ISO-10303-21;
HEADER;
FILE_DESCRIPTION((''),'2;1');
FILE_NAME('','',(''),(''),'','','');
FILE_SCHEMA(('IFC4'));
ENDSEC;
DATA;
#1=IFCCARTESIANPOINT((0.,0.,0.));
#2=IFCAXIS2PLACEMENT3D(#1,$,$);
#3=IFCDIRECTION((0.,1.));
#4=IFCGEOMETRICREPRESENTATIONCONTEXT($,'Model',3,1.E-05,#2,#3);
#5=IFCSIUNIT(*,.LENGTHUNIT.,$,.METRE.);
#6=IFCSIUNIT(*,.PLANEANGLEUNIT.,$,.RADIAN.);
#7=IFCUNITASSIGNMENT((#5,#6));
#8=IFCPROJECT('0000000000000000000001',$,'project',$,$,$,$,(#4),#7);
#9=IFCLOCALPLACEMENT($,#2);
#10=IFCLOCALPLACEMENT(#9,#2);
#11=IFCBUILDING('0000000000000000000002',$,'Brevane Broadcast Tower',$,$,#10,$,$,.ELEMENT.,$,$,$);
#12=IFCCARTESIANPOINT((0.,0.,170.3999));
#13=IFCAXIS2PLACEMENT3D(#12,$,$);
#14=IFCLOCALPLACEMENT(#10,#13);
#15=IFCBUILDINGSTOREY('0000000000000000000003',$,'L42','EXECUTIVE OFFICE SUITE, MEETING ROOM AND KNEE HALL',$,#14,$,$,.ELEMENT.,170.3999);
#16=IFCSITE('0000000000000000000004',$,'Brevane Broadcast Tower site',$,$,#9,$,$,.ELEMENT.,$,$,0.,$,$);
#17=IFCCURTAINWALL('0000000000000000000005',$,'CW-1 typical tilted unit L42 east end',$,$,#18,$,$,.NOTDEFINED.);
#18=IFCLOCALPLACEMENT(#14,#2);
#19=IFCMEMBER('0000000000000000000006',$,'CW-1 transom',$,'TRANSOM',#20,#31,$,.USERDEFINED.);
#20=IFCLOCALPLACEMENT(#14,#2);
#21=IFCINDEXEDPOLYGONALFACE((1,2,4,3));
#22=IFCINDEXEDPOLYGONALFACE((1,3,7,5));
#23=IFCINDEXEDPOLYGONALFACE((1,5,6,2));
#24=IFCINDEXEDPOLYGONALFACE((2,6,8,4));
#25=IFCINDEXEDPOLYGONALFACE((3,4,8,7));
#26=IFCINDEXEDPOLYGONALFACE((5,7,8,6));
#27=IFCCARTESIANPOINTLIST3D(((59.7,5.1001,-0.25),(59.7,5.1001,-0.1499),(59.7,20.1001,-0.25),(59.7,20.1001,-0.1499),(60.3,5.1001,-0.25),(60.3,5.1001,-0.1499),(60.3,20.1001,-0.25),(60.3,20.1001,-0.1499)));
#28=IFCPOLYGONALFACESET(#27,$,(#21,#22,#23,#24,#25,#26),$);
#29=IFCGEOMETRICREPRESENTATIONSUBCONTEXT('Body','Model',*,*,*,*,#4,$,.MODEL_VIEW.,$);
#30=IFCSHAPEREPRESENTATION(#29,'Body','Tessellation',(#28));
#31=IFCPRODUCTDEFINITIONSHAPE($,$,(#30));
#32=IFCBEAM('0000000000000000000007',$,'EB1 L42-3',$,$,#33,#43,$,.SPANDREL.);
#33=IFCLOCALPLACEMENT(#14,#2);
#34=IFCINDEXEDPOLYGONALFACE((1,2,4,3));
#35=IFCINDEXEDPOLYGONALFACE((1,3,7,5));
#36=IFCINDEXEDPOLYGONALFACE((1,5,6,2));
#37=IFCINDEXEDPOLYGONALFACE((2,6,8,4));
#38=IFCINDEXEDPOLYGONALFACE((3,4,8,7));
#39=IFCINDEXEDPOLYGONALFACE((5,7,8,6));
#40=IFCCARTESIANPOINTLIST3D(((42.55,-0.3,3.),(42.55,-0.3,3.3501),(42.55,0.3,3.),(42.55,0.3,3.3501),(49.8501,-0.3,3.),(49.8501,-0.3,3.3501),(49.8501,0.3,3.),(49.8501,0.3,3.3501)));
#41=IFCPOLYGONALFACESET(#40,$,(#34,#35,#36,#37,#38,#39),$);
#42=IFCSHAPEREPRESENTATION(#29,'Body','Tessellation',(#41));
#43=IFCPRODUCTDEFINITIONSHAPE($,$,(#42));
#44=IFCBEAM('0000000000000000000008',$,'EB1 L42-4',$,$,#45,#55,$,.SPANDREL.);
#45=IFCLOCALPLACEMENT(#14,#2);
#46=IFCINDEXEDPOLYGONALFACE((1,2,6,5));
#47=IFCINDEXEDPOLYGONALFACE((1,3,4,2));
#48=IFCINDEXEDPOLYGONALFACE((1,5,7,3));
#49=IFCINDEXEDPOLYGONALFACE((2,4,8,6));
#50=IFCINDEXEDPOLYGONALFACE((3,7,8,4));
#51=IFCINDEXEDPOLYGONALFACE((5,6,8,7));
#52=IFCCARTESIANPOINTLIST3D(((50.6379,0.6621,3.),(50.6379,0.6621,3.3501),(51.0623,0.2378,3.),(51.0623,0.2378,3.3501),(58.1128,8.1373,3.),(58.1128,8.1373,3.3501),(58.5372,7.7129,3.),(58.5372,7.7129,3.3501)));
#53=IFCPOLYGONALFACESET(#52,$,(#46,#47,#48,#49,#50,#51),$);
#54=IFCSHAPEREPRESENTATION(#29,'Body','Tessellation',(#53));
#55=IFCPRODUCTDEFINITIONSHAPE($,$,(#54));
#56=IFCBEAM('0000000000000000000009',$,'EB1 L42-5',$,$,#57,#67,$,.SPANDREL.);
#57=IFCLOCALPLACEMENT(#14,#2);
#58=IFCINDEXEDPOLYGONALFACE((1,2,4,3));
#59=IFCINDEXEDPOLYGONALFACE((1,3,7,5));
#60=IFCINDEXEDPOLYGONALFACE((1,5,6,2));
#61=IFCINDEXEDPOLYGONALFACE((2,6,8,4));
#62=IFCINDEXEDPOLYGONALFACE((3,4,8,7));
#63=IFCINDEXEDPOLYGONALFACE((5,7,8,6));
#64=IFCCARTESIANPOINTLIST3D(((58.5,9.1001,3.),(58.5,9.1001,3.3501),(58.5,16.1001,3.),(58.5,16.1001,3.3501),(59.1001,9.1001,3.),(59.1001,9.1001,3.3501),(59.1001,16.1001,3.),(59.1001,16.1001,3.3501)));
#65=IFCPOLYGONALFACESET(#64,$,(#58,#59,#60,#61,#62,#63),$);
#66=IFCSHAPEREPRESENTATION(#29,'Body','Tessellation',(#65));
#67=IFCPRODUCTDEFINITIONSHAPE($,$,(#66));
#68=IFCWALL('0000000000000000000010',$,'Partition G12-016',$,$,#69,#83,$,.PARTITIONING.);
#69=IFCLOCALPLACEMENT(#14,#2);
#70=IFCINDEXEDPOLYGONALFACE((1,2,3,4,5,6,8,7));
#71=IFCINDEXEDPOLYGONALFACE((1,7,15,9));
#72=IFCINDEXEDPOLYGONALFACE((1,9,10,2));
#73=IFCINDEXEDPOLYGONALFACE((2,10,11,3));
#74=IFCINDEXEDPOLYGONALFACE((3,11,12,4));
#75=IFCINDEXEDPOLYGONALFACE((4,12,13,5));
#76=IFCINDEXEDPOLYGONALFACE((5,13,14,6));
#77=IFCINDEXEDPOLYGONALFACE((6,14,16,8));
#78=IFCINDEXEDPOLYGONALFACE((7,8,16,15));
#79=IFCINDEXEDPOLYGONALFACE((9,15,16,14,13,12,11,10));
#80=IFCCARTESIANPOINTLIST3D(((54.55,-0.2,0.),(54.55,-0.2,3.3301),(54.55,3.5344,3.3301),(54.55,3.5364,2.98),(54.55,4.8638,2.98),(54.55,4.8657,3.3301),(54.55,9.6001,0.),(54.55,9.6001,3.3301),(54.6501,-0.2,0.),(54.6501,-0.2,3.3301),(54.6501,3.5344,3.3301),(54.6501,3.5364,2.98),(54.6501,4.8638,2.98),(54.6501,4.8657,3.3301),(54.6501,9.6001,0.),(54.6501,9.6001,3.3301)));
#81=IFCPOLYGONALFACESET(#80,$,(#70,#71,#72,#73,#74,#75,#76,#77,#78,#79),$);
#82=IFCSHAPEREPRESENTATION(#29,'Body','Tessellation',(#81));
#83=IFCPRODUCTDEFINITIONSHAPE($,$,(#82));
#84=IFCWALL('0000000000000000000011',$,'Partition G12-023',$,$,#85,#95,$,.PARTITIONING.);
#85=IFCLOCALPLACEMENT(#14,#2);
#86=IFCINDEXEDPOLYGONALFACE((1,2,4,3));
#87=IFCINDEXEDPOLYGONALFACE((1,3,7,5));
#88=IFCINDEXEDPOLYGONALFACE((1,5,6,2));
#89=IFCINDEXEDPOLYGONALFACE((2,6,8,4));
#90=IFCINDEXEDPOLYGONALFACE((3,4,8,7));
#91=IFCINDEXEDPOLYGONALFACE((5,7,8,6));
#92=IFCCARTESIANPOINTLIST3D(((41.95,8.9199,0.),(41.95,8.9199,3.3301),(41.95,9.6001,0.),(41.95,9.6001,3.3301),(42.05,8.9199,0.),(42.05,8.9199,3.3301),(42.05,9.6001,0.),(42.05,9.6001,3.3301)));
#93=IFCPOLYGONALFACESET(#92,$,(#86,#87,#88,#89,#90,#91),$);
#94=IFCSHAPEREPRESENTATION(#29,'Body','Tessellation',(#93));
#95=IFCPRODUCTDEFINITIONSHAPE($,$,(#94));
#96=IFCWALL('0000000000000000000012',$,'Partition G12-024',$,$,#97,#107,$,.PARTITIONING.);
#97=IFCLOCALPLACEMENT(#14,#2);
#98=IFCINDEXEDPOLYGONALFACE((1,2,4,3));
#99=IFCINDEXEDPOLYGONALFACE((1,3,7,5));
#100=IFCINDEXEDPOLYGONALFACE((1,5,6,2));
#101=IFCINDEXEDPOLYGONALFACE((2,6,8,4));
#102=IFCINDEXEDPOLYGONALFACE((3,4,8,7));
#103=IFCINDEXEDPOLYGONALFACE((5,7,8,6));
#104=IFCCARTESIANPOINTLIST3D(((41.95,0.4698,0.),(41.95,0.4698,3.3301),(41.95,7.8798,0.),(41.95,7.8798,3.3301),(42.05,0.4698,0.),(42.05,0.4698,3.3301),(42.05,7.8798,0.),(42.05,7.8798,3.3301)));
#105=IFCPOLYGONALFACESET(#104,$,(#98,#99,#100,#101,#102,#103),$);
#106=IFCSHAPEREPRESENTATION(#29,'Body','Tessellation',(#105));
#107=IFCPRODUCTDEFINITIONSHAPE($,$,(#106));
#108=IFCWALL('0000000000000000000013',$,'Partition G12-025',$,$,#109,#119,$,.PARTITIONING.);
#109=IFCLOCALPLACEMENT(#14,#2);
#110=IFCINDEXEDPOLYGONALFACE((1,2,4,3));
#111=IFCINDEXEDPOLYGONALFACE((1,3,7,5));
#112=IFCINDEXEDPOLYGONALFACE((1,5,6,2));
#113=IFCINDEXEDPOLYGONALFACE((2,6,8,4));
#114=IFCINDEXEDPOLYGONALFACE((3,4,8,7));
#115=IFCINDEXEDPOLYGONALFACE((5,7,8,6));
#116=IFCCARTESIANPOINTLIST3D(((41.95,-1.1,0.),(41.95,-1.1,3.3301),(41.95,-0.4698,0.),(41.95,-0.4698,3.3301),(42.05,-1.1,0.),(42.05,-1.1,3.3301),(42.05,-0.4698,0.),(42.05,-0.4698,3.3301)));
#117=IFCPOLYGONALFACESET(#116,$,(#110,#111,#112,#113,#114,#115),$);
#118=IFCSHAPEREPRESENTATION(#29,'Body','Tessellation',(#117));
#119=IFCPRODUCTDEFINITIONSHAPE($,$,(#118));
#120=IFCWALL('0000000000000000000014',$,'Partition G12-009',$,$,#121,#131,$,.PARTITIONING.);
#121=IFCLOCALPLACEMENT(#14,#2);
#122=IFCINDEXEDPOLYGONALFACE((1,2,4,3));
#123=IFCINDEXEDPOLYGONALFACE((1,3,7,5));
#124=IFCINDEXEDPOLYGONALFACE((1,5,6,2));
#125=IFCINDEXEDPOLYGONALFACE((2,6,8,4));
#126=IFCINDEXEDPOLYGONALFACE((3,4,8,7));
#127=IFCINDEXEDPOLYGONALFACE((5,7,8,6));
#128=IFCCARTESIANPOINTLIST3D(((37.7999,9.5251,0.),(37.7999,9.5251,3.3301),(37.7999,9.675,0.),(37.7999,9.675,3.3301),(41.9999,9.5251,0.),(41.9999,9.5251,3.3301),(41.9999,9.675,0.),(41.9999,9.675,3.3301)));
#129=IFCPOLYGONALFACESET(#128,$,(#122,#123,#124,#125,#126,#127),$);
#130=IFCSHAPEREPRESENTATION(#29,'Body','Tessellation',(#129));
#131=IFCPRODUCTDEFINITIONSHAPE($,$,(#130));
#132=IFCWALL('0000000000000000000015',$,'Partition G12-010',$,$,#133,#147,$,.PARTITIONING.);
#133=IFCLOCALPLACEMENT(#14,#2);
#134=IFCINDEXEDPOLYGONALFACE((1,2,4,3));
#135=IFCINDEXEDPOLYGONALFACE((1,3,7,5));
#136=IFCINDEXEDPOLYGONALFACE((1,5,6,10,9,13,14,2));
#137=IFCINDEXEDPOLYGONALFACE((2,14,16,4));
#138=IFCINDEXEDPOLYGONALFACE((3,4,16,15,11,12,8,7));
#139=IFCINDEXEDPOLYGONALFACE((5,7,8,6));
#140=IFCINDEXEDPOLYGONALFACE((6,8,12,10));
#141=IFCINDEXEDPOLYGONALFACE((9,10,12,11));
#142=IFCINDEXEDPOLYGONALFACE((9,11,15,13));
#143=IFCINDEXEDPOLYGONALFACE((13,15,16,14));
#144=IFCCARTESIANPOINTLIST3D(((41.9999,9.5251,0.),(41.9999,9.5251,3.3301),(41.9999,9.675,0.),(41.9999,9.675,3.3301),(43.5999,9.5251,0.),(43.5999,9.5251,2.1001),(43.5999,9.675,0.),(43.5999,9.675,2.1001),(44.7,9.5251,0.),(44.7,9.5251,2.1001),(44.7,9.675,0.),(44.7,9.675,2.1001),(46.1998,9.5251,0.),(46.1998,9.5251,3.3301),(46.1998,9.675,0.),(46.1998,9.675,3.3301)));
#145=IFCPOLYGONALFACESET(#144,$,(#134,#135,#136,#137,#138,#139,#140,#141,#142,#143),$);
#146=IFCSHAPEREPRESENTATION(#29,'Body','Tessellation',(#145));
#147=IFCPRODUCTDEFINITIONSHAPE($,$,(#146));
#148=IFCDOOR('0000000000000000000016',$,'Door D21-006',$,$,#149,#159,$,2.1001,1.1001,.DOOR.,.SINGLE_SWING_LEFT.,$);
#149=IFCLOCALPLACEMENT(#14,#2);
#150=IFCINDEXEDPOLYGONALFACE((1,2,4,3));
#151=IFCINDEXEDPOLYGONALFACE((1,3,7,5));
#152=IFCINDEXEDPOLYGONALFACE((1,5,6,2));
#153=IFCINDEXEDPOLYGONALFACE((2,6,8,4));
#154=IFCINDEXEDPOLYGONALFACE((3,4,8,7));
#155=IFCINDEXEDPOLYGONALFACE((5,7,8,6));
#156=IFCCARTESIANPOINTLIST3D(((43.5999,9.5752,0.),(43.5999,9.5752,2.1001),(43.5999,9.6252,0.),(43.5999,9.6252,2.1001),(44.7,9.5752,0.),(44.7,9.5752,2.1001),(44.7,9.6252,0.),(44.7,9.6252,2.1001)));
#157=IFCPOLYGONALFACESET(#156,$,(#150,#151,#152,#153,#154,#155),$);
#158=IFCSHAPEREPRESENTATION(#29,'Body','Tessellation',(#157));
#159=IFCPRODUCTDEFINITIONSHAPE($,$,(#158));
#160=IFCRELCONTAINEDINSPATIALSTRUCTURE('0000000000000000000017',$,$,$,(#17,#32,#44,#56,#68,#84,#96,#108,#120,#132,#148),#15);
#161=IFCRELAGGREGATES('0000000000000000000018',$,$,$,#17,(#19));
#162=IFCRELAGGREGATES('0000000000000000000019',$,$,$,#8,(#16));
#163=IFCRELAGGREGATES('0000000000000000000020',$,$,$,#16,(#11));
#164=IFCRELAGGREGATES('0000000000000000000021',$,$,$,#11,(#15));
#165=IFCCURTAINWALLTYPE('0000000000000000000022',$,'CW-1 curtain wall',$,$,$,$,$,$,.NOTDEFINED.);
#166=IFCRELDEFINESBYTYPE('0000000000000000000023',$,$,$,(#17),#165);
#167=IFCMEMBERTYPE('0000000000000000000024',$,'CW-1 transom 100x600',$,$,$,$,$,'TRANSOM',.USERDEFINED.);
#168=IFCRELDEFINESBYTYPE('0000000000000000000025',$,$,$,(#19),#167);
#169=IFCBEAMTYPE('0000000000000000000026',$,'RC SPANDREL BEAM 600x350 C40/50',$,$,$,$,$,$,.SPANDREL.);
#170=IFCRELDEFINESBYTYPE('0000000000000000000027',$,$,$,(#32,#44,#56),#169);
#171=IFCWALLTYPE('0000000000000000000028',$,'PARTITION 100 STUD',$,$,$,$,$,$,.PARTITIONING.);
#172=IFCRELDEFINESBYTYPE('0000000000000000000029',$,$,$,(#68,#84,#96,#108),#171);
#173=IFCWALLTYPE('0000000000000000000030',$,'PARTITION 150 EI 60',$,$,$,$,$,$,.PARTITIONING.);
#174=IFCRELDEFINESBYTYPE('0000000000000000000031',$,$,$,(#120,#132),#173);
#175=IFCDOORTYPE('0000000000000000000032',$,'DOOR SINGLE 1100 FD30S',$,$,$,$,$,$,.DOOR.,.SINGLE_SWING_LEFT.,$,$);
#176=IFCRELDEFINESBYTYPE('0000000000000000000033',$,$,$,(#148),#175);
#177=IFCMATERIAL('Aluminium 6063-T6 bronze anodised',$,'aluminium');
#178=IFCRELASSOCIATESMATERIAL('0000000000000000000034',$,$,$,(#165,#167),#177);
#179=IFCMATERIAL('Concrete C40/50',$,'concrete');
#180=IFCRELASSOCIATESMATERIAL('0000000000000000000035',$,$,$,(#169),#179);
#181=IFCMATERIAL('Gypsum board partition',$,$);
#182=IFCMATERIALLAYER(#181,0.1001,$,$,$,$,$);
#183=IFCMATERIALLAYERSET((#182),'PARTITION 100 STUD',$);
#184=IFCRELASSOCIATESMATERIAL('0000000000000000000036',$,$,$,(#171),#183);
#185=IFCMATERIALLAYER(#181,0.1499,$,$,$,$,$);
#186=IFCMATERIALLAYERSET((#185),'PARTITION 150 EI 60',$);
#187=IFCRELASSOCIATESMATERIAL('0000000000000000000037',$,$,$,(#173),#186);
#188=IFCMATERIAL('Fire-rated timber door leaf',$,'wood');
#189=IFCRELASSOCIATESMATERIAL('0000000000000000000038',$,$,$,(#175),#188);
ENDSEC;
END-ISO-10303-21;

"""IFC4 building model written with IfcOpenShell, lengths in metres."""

from ifc_helpers import new_model, si_unit, direction, frame, frame_2d, origin, origin_2d, place, context, subcontext, project, spatial, polyline, rectangle, outline, extrude, material, layer, layer_set, material_profile, profile_set, type_object, element, fill, aggregate, save


model = new_model("IFC4")

# Units and contexts
model_context = context("Model", 3, precision=1e-05, world=origin(), true_north=direction((0.0, 1.0)))
body_context = subcontext(model_context, "Body", "Model", "MODEL_VIEW")
ifc_project = project(units=[si_unit("LENGTHUNIT", "METRE"), si_unit("PLANEANGLEUNIT", "RADIAN")], contexts=[model_context])

# Site, building, storey
site_placement = place(None, origin())
site = spatial("IfcSite", under=ifc_project, at=site_placement, Name="Brevane Broadcast Tower site", CompositionType="ELEMENT", RefElevation=0.0)
building_placement = place(site_placement, origin())
building = spatial("IfcBuilding", under=site, at=building_placement, Name="Brevane Broadcast Tower", CompositionType="ELEMENT")
storey_placement = place(building_placement, frame((0.0, 0.0, 170.3999)))
storey = spatial("IfcBuildingStorey", under=building, at=storey_placement, Name="L42", Description="EXECUTIVE OFFICE SUITE, MEETING ROOM AND KNEE HALL", CompositionType="ELEMENT", Elevation=170.3999)

# Curtain wall
ifc_material_1 = material(Name="Aluminium 6063-T6 bronze anodised", Category="aluminium")
curtain_wall_type = type_object("IfcCurtainWallType", Name="CW-1 curtain wall", PredefinedType="NOTDEFINED", material=ifc_material_1)
curtain_wall_1_placement = place(storey_placement, origin())
curtain_wall_1 = element("IfcCurtainWall", 1, at=curtain_wall_1_placement, inside=storey, type_object=curtain_wall_type, Name="CW-1 typical tilted unit L42 east end", PredefinedType="NOTDEFINED")

# Member
ifc_material_profile_1 = material_profile(ifc_material_1, rectangle(XDim=0.6001, YDim=0.1001, at=origin_2d()), Name="RECT 100x600")
ifc_profile_set_1 = profile_set([ifc_material_profile_1], Name="Aluminium 6063-T6 bronze anodised")
member_type_1 = type_object("IfcMemberType", Name="CW-1 transom 100x600", ElementType="TRANSOM", PredefinedType="USERDEFINED", material=ifc_profile_set_1)
member_1_placement = place(storey_placement, frame((60.0, 5.1001, -0.2), z_axis=(0.0, 1.0, 0.0), x_axis=(-1.0, 0.0, 0.0)))
member_1 = element("IfcMember", 2, at=member_1_placement, type_object=member_type_1, Name="CW-1 transom", ObjectType="TRANSOM", PredefinedType="USERDEFINED", context=body_context, shape_type="SweptSolid", body=[
    extrude(rectangle(XDim=0.6001, YDim=0.1001, at=origin_2d()), origin(), (0.0, 0.0, 1.0), 15.0),
])
aggregate(curtain_wall_1, [member_1])

# Beams
ifc_material_2 = material(Name="Concrete C40/50", Category="concrete")
ifc_material_profile_2 = material_profile(ifc_material_2, rectangle(XDim=0.6001, YDim=0.3501, at=origin_2d()), Name="RC 600x350")
ifc_profile_set_2 = profile_set([ifc_material_profile_2], Name="Concrete C40/50")
beam_type = type_object("IfcBeamType", Name="RC SPANDREL BEAM 600x350 C40/50", PredefinedType="SPANDREL", material=ifc_profile_set_2)
beam_1_placement = place(storey_placement, frame((42.55, 0.0, 3.175), z_axis=(1.0, 0.0, 0.0), x_axis=(0.0, 1.0, 0.0)))
element("IfcBeam", 3, at=beam_1_placement, inside=storey, type_object=beam_type, Name="EB1 L42-3", PredefinedType="SPANDREL", context=body_context, shape_type="SweptSolid", body=[
    extrude(rectangle(XDim=0.6001, YDim=0.3501, at=origin_2d()), origin(), (0.0, 0.0, 1.0), 7.3),
])
beam_2_placement = place(storey_placement, frame((50.8501, 0.45, 3.175), z_axis=(0.707095, 0.707118, 0.0), x_axis=(-0.707118, 0.707095, 0.0)))
element("IfcBeam", 4, at=beam_2_placement, inside=storey, type_object=beam_type, Name="EB1 L42-4", PredefinedType="SPANDREL", context=body_context, shape_type="SweptSolid", body=[
    extrude(rectangle(XDim=0.6001, YDim=0.3501, at=origin_2d()), origin(), (0.0, 0.0, 1.0), 10.5713),
])
beam_3_placement = place(storey_placement, frame((58.8, 9.1001, 3.175), z_axis=(0.0, 1.0, 0.0), x_axis=(-1.0, 0.0, 0.0)))
element("IfcBeam", 5, at=beam_3_placement, inside=storey, type_object=beam_type, Name="EB1 L42-5", PredefinedType="SPANDREL", context=body_context, shape_type="SweptSolid", body=[
    extrude(rectangle(XDim=0.6001, YDim=0.3501, at=origin_2d()), origin(), (0.0, 0.0, 1.0), 7.0),
])

# Walls
ifc_material_3 = material(Name="Gypsum board partition")
ifc_layer_1 = layer(ifc_material_3, 0.1001)
ifc_layer_set_1 = layer_set([ifc_layer_1], Name="PARTITION 100 STUD")
wall_type_1 = type_object("IfcWallType", Name="PARTITION 100 STUD", PredefinedType="PARTITIONING", material=ifc_layer_set_1)
wall_1_placement = place(storey_placement, frame((54.6001, -0.2, 0.0), z_axis=(0.0, 0.0, 1.0), x_axis=(0.0, 1.0, 0.0)))
element("IfcWall", 6, at=wall_1_placement, inside=storey, type_object=wall_type_1, Name="Partition G12-016", PredefinedType="PARTITIONING", context=body_context, shape_type="SweptSolid", body=[
    extrude(outline(polyline([(0.0, 0.0), (9.8, 0.0), (9.8, 3.3301), (5.0657, 3.3301), (5.0637, 2.98), (3.7363, 2.98), (3.7344, 3.3301), (0.0, 3.3301), (0.0, 0.0)])), frame((0.0, 0.05, 0.0), z_axis=(0.0, -1.0, 0.0), x_axis=(1.0, 0.0, 0.0)), (0.0, 0.0, 1.0), 0.1001),
])
wall_2_placement = place(storey_placement, frame((42.0, 9.6001, 0.0), z_axis=(0.0, 0.0, 1.0), x_axis=(0.0, -1.0, 0.0)))
element("IfcWall", 7, at=wall_2_placement, inside=storey, type_object=wall_type_1, Name="Partition G12-023", PredefinedType="PARTITIONING", context=body_context, shape_type="SweptSolid", body=[
    extrude(rectangle(XDim=0.6802, YDim=0.1001, at=frame_2d((0.3401, 0.0))), origin(), (0.0, 0.0, 1.0), 3.3301),
])
wall_3_placement = place(storey_placement, frame((42.0, 7.8799, 0.0), z_axis=(0.0, 0.0, 1.0), x_axis=(0.0, -1.0, 0.0)))
element("IfcWall", 8, at=wall_3_placement, inside=storey, type_object=wall_type_1, Name="Partition G12-024", PredefinedType="PARTITIONING", context=body_context, shape_type="SweptSolid", body=[
    extrude(rectangle(XDim=7.4099, YDim=0.1001, at=frame_2d((3.7051, 0.0))), origin(), (0.0, 0.0, 1.0), 3.3301),
])
wall_4_placement = place(storey_placement, frame((42.0, -0.47, 0.0), z_axis=(0.0, 0.0, 1.0), x_axis=(0.0, -1.0, 0.0)))
element("IfcWall", 9, at=wall_4_placement, inside=storey, type_object=wall_type_1, Name="Partition G12-025", PredefinedType="PARTITIONING", context=body_context, shape_type="SweptSolid", body=[
    extrude(rectangle(XDim=0.6301, YDim=0.1001, at=frame_2d((0.3149, 0.0))), origin(), (0.0, 0.0, 1.0), 3.3301),
])
ifc_layer_2 = layer(ifc_material_3, 0.1499)
ifc_layer_set_2 = layer_set([ifc_layer_2], Name="PARTITION 150 EI 60")
wall_type_2 = type_object("IfcWallType", Name="PARTITION 150 EI 60", PredefinedType="PARTITIONING", material=ifc_layer_set_2)
wall_5_placement = place(storey_placement, frame((42.0, 9.6001, 0.0), z_axis=(0.0, 0.0, 1.0), x_axis=(-1.0, 0.0, 0.0)))
element("IfcWall", 10, at=wall_5_placement, inside=storey, type_object=wall_type_2, Name="Partition G12-009", PredefinedType="PARTITIONING", context=body_context, shape_type="SweptSolid", body=[
    extrude(rectangle(XDim=4.2, YDim=0.1499, at=frame_2d((2.1001, 0.0))), origin(), (0.0, 0.0, 1.0), 3.3301),
])

# Wall, opening, door
wall_6_placement = place(storey_placement, frame((46.2, 9.6001, 0.0), z_axis=(0.0, 0.0, 1.0), x_axis=(-1.0, 0.0, 0.0)))
wall_6 = element("IfcWall", 11, at=wall_6_placement, inside=storey, type_object=wall_type_2, Name="Partition G12-010", PredefinedType="PARTITIONING", context=body_context, shape_type="SweptSolid", body=[
    extrude(rectangle(XDim=4.2, YDim=0.1499, at=frame_2d((2.1001, 0.0))), origin(), (0.0, 0.0, 1.0), 3.3301),
])
opening_placement = place(wall_6_placement, frame((1.5, 0.0, 0.0)))
opening = element("IfcOpeningElement", 12, at=opening_placement, cuts=wall_6, PredefinedType="OPENING", context=body_context, shape_type="SweptSolid", body=[
    extrude(rectangle(XDim=1.1001, YDim=2.1001, at=frame_2d((0.55, 1.05))), frame((0.0, 0.085, 0.0), z_axis=(0.0, -1.0, 0.0), x_axis=(1.0, 0.0, 0.0)), (0.0, 0.0, 1.0), 0.1699),
])
ifc_material_4 = material(Name="Fire-rated timber door leaf", Category="wood")
door_type = type_object("IfcDoorType", Name="DOOR SINGLE 1100 FD30S", OperationType="SINGLE_SWING_LEFT", PredefinedType="DOOR", material=ifc_material_4)
door_placement = place(opening_placement, origin())
door = element("IfcDoor", 13, at=door_placement, inside=storey, type_object=door_type, Name="Door D21-006", OperationType="SINGLE_SWING_LEFT", OverallHeight=2.1001, OverallWidth=1.1001, PredefinedType="DOOR", context=body_context, shape_type="SweptSolid", body=[
    extrude(rectangle(XDim=1.1001, YDim=2.1001, at=frame_2d((0.55, 1.05))), frame((0.0, 0.0249, 0.0), z_axis=(0.0, -1.0, 0.0), x_axis=(1.0, 0.0, 0.0)), (0.0, 0.0, 1.0), 0.05),
])
fill(opening, door)

save(model, "model.ifc")
